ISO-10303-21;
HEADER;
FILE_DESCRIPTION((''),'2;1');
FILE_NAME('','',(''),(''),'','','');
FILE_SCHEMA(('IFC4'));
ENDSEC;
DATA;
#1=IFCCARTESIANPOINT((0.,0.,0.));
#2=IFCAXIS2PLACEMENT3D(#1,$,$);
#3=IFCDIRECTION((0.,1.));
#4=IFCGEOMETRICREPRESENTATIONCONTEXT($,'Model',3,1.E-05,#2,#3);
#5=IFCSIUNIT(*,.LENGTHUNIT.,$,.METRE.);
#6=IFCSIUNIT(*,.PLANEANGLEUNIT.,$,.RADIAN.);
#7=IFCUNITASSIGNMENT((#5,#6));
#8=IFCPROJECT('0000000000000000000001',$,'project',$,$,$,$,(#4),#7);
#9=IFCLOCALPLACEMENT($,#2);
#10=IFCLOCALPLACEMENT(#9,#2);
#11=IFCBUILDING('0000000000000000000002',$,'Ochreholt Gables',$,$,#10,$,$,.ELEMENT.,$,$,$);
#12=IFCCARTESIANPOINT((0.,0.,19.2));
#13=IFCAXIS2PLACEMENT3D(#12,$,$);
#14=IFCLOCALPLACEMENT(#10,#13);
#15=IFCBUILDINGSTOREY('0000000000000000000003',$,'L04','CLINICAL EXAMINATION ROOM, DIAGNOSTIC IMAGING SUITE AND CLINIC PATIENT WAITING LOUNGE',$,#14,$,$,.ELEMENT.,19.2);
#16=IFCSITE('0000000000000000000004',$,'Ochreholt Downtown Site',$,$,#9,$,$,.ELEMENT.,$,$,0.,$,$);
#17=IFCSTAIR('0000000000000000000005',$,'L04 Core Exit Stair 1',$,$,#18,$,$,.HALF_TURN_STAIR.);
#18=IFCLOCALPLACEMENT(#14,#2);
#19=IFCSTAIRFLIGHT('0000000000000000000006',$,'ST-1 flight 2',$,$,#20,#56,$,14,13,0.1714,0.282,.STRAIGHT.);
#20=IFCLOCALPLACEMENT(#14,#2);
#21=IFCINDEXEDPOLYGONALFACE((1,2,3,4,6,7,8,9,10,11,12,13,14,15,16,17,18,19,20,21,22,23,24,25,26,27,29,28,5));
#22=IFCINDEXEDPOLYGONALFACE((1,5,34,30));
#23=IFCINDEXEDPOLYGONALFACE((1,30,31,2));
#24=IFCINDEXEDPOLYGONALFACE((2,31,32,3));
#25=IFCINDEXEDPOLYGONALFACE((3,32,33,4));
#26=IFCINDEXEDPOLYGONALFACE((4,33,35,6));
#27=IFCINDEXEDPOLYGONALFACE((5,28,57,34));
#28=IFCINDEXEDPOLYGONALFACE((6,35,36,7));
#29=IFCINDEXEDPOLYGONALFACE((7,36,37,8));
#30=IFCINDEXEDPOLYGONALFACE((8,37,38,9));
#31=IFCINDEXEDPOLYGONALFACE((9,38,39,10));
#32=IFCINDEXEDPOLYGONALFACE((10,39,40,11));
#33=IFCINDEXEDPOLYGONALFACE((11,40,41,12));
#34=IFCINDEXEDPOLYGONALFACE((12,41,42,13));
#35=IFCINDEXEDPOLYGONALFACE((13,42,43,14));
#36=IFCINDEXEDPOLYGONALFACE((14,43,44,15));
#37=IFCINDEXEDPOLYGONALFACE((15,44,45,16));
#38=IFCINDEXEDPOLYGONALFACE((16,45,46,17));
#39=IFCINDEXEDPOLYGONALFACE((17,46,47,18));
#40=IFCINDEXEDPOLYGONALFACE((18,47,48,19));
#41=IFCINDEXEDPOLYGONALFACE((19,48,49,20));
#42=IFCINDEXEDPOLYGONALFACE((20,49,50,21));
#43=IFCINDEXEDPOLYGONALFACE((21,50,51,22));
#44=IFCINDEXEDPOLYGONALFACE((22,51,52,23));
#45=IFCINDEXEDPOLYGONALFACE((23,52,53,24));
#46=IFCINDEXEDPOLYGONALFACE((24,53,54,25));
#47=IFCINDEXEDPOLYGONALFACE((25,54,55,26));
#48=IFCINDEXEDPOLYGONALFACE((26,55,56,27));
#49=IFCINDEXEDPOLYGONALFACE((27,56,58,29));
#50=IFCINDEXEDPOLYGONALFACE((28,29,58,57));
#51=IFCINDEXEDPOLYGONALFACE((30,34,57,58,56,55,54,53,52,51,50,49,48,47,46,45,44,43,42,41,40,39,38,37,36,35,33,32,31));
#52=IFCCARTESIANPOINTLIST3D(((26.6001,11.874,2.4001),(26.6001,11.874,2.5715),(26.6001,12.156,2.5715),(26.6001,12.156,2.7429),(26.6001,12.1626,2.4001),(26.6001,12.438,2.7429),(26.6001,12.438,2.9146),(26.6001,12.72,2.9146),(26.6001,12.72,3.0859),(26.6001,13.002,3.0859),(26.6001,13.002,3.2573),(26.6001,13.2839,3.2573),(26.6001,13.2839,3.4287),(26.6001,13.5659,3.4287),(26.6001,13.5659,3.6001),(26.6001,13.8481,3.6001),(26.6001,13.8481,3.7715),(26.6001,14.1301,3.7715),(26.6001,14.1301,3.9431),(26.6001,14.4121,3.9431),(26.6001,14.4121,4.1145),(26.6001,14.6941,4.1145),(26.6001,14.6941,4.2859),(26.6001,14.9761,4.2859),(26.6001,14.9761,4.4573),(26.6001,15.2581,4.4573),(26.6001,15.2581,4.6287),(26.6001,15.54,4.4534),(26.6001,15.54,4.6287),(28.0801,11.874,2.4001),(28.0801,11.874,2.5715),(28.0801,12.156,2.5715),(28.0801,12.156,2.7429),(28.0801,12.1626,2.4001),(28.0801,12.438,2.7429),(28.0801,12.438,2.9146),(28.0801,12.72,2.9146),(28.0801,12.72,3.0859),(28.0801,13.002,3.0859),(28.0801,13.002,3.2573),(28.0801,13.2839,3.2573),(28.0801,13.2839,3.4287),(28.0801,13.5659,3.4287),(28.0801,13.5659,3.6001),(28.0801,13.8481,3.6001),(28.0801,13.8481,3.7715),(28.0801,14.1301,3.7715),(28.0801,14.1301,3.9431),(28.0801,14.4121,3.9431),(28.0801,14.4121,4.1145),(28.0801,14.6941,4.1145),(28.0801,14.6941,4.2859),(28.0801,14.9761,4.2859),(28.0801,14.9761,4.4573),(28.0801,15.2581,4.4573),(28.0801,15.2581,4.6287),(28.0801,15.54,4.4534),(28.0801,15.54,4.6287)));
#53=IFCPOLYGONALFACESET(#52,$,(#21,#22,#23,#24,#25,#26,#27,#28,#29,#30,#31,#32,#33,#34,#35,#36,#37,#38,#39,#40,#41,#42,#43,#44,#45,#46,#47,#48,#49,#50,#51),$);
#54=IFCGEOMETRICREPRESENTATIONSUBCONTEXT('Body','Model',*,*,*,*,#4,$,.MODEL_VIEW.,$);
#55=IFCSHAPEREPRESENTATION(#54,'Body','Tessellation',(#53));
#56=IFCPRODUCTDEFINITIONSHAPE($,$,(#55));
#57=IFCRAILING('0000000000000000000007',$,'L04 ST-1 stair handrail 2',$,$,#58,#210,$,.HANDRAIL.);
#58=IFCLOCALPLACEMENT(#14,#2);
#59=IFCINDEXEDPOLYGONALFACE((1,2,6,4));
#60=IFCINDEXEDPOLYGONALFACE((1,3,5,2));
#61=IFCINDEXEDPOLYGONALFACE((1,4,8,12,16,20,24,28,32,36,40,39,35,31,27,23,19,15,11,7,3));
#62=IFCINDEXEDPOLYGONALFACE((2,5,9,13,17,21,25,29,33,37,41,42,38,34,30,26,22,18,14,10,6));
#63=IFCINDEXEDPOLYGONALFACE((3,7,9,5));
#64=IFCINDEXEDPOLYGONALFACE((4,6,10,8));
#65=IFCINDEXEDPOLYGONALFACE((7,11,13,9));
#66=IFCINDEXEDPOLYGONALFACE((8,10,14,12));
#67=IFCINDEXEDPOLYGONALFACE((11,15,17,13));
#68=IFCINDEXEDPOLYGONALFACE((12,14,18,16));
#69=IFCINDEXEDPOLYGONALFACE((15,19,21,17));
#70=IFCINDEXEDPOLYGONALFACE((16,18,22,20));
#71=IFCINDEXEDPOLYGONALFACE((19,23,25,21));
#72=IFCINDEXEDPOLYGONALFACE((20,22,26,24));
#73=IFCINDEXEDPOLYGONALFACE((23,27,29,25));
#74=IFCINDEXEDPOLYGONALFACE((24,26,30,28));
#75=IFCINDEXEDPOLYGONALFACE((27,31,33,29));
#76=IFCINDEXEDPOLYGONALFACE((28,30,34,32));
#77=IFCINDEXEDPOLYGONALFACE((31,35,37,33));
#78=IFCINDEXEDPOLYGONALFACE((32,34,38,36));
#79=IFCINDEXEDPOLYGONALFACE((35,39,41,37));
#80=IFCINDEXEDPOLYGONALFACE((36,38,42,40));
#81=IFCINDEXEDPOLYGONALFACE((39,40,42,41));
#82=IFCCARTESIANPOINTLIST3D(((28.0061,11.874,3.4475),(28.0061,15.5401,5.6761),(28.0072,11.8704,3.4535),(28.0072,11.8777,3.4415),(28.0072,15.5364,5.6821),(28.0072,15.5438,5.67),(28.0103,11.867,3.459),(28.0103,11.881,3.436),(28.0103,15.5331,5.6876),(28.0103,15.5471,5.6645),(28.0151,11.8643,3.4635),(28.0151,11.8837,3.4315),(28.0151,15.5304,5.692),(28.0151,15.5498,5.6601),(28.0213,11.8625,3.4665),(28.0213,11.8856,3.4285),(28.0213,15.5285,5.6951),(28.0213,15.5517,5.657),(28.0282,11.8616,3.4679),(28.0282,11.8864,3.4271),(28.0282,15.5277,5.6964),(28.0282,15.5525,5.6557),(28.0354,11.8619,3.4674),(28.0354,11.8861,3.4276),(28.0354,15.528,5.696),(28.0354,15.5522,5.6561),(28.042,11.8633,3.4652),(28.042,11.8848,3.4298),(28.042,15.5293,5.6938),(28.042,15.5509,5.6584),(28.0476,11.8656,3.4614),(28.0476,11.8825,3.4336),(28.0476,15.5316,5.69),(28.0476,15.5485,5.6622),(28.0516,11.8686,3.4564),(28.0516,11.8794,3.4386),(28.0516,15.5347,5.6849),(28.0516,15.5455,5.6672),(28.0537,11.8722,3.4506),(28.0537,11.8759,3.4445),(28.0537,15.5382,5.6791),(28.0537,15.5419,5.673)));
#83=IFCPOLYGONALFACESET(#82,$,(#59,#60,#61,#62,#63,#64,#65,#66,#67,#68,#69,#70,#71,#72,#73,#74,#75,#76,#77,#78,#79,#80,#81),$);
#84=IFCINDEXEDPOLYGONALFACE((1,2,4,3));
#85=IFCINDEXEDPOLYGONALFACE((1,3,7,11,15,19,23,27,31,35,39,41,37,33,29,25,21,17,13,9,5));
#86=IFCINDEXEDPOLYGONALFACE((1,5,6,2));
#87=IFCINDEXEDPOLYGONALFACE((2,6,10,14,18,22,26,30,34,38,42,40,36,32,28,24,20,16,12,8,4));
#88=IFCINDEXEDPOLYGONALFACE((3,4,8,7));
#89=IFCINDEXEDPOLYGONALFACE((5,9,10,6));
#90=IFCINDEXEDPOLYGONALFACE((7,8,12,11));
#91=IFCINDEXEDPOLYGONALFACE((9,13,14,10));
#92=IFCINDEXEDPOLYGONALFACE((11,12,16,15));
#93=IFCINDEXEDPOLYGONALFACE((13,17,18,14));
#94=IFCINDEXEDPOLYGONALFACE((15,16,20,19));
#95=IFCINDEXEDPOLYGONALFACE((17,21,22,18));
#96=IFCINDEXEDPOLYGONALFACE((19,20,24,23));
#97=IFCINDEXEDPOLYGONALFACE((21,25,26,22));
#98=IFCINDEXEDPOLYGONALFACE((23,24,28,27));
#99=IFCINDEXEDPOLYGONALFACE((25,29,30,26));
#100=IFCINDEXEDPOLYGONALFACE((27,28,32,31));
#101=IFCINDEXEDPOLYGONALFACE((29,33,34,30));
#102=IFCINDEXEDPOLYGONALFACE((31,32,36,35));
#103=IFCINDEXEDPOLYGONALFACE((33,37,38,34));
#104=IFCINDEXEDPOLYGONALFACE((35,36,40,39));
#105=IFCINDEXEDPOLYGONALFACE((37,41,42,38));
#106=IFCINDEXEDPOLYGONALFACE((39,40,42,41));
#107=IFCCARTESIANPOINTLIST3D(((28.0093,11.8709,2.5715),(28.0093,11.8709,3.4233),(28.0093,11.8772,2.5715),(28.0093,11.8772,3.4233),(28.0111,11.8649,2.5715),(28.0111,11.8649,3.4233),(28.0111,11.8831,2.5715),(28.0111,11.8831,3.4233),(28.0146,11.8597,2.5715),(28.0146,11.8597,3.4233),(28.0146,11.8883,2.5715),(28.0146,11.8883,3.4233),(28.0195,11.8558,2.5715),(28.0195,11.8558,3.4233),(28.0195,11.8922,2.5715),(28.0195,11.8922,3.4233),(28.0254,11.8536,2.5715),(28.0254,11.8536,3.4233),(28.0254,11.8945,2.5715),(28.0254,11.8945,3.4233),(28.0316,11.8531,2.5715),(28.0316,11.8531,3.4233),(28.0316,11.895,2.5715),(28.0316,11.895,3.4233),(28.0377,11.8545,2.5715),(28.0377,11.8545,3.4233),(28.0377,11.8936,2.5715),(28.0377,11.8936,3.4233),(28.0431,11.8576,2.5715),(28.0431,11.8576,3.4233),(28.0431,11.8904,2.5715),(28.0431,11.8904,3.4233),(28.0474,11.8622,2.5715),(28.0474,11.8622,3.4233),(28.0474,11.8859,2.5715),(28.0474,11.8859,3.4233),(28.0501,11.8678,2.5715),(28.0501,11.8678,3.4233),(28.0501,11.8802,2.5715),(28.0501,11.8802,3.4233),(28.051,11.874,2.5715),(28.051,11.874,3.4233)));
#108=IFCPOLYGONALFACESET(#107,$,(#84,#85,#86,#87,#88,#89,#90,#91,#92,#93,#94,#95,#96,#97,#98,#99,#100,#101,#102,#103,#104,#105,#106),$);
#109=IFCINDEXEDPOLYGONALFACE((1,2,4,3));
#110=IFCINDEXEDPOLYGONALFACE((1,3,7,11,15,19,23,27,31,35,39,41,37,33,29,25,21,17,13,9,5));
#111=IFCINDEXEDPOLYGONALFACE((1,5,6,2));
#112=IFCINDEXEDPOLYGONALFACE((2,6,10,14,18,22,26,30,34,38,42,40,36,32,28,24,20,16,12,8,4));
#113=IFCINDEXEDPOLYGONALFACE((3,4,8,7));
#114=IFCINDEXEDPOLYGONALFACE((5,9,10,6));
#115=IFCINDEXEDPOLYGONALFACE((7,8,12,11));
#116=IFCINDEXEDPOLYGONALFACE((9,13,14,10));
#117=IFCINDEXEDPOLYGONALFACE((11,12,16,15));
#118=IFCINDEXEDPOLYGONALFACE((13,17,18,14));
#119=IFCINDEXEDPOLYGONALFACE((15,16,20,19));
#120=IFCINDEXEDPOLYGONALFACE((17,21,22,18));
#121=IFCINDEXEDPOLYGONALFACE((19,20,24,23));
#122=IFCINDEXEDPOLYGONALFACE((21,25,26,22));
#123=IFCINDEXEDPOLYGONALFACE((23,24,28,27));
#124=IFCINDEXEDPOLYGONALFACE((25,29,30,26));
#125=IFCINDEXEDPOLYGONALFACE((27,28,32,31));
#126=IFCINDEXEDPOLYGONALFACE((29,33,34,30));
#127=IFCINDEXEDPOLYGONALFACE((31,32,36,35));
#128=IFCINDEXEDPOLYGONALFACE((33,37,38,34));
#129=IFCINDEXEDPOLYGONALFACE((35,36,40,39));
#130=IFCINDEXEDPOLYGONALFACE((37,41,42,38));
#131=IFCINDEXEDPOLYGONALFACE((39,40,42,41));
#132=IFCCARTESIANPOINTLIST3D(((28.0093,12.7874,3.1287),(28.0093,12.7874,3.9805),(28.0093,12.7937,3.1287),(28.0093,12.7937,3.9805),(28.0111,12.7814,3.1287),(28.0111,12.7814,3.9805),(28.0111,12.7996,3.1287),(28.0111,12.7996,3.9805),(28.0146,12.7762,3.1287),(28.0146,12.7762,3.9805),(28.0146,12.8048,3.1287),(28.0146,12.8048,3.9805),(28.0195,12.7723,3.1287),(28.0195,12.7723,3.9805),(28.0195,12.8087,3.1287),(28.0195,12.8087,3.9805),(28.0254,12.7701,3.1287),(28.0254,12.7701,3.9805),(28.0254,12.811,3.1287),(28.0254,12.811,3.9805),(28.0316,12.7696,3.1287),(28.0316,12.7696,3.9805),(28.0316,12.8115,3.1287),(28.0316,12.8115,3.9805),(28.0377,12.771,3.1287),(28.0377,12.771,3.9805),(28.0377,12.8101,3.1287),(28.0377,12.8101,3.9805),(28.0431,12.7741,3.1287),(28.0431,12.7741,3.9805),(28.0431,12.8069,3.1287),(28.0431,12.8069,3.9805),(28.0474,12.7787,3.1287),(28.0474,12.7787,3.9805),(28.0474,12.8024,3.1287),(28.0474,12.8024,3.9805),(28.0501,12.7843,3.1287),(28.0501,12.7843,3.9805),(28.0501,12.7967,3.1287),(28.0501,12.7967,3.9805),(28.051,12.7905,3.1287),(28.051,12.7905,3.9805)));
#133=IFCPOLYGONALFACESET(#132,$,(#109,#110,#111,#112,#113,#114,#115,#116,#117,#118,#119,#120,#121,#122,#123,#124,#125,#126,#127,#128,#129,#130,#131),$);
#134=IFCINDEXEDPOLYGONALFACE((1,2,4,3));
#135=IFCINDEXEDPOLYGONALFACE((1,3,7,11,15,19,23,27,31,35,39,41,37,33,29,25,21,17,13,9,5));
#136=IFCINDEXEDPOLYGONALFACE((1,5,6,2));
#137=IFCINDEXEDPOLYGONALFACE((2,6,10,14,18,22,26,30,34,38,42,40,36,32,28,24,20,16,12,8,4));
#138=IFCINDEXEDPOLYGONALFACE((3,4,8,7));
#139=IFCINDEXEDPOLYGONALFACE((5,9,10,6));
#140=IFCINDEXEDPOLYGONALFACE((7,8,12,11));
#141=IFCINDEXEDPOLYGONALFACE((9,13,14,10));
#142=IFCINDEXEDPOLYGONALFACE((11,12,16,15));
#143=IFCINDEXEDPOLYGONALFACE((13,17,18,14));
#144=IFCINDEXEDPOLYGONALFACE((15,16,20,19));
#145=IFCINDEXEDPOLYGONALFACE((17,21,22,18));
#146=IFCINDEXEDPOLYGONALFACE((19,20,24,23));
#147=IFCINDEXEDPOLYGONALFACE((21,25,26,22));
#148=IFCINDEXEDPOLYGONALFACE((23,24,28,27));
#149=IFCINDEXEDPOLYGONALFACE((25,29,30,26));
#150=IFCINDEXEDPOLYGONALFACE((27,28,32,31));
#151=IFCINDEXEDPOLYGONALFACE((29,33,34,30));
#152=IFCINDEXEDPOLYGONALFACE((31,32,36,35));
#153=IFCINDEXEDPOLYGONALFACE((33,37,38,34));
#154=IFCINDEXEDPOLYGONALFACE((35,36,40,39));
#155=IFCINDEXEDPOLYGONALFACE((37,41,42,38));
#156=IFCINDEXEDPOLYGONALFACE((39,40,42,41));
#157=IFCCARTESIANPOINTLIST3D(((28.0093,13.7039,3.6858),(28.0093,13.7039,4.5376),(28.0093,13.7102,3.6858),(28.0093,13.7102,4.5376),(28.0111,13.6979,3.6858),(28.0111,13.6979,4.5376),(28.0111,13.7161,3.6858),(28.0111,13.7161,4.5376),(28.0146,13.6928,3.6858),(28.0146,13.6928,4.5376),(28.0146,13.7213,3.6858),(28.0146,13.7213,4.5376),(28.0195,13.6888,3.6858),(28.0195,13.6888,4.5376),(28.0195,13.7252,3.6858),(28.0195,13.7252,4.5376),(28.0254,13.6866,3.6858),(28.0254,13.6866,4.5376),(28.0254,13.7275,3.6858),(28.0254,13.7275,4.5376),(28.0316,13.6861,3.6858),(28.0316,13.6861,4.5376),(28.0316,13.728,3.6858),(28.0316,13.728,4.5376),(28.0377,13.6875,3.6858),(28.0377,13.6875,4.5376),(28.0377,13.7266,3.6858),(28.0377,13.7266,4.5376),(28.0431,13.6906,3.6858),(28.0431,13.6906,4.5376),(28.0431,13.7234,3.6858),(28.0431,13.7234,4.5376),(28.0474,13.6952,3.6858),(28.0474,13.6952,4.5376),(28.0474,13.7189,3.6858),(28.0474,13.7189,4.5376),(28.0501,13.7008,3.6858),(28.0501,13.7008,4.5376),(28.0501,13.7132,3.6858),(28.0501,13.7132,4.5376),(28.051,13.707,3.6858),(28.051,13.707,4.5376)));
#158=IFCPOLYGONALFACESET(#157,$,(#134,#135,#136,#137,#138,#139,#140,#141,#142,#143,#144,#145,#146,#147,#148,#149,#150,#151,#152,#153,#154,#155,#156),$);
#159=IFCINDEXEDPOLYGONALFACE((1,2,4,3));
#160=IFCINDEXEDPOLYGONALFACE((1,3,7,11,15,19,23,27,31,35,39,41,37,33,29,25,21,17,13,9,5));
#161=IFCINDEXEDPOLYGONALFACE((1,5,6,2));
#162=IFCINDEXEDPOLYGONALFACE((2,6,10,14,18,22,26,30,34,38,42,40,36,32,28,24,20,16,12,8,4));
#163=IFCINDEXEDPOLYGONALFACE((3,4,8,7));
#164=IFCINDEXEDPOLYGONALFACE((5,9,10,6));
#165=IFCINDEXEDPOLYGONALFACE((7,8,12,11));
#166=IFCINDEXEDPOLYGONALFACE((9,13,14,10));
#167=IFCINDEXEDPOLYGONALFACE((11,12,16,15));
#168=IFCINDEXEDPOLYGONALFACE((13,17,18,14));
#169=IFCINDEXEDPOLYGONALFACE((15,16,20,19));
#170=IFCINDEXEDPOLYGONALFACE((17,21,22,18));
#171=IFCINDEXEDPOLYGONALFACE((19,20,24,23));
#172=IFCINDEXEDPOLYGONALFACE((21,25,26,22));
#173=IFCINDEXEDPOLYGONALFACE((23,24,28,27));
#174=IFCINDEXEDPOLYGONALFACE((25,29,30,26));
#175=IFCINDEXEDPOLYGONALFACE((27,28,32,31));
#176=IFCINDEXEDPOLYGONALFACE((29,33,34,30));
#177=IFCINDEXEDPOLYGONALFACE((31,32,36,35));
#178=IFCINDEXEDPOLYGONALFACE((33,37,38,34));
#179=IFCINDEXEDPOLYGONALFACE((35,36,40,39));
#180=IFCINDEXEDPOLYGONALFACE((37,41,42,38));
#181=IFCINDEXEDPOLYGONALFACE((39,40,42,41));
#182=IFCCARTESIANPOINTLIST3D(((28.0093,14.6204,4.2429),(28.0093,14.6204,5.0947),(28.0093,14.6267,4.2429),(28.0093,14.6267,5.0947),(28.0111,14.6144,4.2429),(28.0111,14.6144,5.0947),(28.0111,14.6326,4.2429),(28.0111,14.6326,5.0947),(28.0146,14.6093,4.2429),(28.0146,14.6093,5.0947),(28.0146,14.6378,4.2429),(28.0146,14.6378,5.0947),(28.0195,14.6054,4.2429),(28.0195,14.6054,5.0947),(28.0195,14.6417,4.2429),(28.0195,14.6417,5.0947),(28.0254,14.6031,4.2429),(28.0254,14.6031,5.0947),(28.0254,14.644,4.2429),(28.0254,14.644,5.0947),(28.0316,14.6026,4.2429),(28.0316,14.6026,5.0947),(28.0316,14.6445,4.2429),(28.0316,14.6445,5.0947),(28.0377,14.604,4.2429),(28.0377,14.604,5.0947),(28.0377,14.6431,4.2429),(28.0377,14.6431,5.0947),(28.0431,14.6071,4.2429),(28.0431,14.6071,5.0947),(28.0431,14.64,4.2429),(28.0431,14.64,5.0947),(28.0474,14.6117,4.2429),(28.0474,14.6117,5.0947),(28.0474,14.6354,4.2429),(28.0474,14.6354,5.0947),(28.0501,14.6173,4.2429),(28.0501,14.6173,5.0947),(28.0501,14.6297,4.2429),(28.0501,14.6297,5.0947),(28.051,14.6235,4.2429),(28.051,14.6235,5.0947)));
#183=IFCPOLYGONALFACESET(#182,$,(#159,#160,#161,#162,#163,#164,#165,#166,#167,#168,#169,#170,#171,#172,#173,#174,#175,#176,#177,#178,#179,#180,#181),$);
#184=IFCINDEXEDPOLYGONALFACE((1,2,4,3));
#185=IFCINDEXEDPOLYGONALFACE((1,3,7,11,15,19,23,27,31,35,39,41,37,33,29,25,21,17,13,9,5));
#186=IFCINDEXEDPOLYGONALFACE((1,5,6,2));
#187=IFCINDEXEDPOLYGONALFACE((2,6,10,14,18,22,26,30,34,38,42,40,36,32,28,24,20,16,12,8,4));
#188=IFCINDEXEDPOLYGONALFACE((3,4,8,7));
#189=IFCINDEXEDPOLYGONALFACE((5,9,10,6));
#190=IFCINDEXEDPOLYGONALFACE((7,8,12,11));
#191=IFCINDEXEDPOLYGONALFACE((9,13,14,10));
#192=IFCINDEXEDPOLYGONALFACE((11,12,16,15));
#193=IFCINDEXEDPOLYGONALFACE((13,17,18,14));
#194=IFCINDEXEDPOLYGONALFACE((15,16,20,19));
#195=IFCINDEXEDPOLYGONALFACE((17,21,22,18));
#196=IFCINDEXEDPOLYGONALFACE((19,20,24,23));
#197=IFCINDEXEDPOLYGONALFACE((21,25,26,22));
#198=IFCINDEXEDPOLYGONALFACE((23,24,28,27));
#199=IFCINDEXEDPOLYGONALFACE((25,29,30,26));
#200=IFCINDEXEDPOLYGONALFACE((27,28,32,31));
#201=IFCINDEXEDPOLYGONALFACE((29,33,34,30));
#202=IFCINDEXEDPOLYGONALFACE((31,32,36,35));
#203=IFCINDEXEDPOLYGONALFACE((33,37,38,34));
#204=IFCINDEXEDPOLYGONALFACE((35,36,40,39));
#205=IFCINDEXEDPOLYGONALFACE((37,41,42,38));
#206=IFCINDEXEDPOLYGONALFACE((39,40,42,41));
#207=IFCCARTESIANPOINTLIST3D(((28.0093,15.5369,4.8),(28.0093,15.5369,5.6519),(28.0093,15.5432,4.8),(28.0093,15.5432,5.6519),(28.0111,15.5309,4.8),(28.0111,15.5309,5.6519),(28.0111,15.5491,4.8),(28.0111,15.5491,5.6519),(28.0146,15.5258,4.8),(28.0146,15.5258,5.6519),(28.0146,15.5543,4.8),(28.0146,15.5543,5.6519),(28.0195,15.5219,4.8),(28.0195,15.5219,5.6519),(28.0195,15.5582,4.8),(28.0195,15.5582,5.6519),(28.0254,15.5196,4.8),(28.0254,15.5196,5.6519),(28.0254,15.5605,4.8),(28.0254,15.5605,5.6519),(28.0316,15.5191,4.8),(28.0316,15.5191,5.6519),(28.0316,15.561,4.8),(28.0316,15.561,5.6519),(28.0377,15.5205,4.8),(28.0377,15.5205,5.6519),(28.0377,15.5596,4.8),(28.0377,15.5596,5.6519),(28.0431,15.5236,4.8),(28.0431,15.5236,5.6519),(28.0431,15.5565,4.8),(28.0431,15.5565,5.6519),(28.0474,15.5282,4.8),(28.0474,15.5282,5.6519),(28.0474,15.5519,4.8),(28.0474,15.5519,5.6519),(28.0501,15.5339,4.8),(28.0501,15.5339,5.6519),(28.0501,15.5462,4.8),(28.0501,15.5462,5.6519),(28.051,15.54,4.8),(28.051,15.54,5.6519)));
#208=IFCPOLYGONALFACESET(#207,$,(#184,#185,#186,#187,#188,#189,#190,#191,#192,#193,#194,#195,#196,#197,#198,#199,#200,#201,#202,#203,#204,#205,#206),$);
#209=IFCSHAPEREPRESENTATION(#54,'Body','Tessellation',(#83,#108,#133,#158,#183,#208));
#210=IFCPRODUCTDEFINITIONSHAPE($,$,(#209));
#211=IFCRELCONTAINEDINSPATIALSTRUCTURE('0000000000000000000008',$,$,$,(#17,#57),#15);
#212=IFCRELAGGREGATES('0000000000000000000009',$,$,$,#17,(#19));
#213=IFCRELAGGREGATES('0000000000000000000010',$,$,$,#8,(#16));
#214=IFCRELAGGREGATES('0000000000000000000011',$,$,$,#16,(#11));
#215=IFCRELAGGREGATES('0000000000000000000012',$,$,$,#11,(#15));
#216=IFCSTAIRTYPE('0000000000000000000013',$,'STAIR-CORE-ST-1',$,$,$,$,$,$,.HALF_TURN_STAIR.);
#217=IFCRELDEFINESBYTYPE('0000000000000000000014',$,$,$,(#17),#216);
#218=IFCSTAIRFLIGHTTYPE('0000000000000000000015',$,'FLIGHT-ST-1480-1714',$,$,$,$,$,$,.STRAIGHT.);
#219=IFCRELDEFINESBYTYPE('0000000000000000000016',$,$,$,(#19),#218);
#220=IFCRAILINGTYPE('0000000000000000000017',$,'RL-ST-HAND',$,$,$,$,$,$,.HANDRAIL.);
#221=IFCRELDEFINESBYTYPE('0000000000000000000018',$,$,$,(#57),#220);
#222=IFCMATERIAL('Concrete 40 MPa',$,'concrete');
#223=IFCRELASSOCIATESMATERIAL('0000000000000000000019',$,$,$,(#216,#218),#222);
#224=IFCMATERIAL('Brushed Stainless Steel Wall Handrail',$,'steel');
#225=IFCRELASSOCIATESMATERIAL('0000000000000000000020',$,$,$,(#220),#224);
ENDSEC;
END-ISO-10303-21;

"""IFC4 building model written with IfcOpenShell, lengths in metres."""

from ifc_helpers import new_model, si_unit, direction, frame, origin, origin_2d, place, context, subcontext, project, spatial, polyline, circle, outline, extrude, material, type_object, element, aggregate, save


model = new_model("IFC4")

# Units and contexts
model_context = context("Model", 3, precision=1e-05, world=origin(), true_north=direction((0.0, 1.0)))
body_context = subcontext(model_context, "Body", "Model", "MODEL_VIEW")
ifc_project = project(units=[si_unit("LENGTHUNIT", "METRE"), si_unit("PLANEANGLEUNIT", "RADIAN")], contexts=[model_context])

# Site, building, storey
site_placement = place(None, origin())
site = spatial("IfcSite", under=ifc_project, at=site_placement, Name="Ochreholt Downtown Site", CompositionType="ELEMENT", RefElevation=0.0)
building_placement = place(site_placement, origin())
building = spatial("IfcBuilding", under=site, at=building_placement, Name="Ochreholt Gables", CompositionType="ELEMENT")
storey_placement = place(building_placement, frame((0.0, 0.0, 19.2)))
storey = spatial("IfcBuildingStorey", under=building, at=storey_placement, Name="L04", Description="CLINICAL EXAMINATION ROOM, DIAGNOSTIC IMAGING SUITE AND CLINIC PATIENT WAITING LOUNGE", CompositionType="ELEMENT", Elevation=19.2)

# Shared definitions
ifc_material_1 = material(Name="Concrete 40 MPa", Category="concrete")

# Stair, stair flight
stair_type = type_object("IfcStairType", Name="STAIR-CORE-ST-1", PredefinedType="HALF_TURN_STAIR", material=ifc_material_1)
stair_placement = place(storey_placement, origin())
stair = element("IfcStair", 1, at=stair_placement, inside=storey, type_object=stair_type, Name="L04 Core Exit Stair 1", PredefinedType="HALF_TURN_STAIR")
stair_flight_type = type_object("IfcStairFlightType", Name="FLIGHT-ST-1480-1714", PredefinedType="STRAIGHT", material=ifc_material_1)
stair_flight_placement = place(storey_placement, frame((27.3401, 11.874, 2.4001), z_axis=(0.0, 0.0, 1.0), x_axis=(0.0, 1.0, 0.0)))
stair_flight = element("IfcStairFlight", 2, at=stair_flight_placement, type_object=stair_flight_type, Name="ST-1 flight 2", NumberOfRisers=14, NumberOfTreads=13, PredefinedType="STRAIGHT", RiserHeight=0.1714, TreadLength=0.282, context=body_context, shape_type="SweptSolid", body=[
    extrude(outline(polyline([(0.0, 0.0), (0.0, 0.1714), (0.282, 0.1714), (0.282, 0.3428), (0.564, 0.3428), (0.564, 0.5144), (0.8459, 0.5144), (0.8459, 0.6858), (1.1279, 0.6858), (1.1279, 0.8572), (1.4099, 0.8572), (1.4099, 1.0286), (1.6919, 1.0286), (1.6919, 1.2), (1.9741, 1.2), (1.9741, 1.3713), (2.2561, 1.3713), (2.2561, 1.543), (2.5381, 1.543), (2.5381, 1.7144), (2.8201, 1.7144), (2.8201, 1.8857), (3.1021, 1.8857), (3.1021, 2.0571), (3.384, 2.0571), (3.384, 2.2285), (3.666, 2.2285), (3.666, 2.3999), (3.666, 2.0532), (0.2886, 0.0), (0.0, 0.0)])), frame((0.0, 0.74, 0.0), z_axis=(0.0, -1.0, 0.0), x_axis=(1.0, 0.0, 0.0)), (0.0, 0.0, 1.0), 1.48),
])
aggregate(stair, [stair_flight])

# Railing
ifc_material_2 = material(Name="Brushed Stainless Steel Wall Handrail", Category="steel")
railing_type = type_object("IfcRailingType", Name="RL-ST-HAND", PredefinedType="HANDRAIL", material=ifc_material_2)
railing_placement = place(storey_placement, frame((28.03, 11.874, 2.5715)))
element("IfcRailing", 3, at=railing_placement, inside=storey, type_object=railing_type, Name="L04 ST-1 stair handrail 2", PredefinedType="HANDRAIL", context=body_context, shape_type="SweptSolid", body=[
    extrude(circle(Radius=0.0239, at=origin_2d()), frame((0.0, 0.0, 0.876), z_axis=(0.0, 0.854506, 0.519441), x_axis=(-1.0, 0.0, 0.0)), (0.0, 0.0, 1.0), 4.2903),
    extrude(circle(Radius=0.021, at=origin_2d()), origin(), (0.0, 0.0, 1.0), 0.8518),
    extrude(circle(Radius=0.021, at=origin_2d()), frame((0.0, 0.9165, 0.5571)), (0.0, 0.0, 1.0), 0.8518),
    extrude(circle(Radius=0.021, at=origin_2d()), frame((0.0, 1.833, 1.1143)), (0.0, 0.0, 1.0), 0.8518),
    extrude(circle(Radius=0.021, at=origin_2d()), frame((0.0, 2.7495, 1.6714)), (0.0, 0.0, 1.0), 0.8518),
    extrude(circle(Radius=0.021, at=origin_2d()), frame((0.0, 3.666, 2.2285)), (0.0, 0.0, 1.0), 0.8518),
])

save(model, "model.ifc")
